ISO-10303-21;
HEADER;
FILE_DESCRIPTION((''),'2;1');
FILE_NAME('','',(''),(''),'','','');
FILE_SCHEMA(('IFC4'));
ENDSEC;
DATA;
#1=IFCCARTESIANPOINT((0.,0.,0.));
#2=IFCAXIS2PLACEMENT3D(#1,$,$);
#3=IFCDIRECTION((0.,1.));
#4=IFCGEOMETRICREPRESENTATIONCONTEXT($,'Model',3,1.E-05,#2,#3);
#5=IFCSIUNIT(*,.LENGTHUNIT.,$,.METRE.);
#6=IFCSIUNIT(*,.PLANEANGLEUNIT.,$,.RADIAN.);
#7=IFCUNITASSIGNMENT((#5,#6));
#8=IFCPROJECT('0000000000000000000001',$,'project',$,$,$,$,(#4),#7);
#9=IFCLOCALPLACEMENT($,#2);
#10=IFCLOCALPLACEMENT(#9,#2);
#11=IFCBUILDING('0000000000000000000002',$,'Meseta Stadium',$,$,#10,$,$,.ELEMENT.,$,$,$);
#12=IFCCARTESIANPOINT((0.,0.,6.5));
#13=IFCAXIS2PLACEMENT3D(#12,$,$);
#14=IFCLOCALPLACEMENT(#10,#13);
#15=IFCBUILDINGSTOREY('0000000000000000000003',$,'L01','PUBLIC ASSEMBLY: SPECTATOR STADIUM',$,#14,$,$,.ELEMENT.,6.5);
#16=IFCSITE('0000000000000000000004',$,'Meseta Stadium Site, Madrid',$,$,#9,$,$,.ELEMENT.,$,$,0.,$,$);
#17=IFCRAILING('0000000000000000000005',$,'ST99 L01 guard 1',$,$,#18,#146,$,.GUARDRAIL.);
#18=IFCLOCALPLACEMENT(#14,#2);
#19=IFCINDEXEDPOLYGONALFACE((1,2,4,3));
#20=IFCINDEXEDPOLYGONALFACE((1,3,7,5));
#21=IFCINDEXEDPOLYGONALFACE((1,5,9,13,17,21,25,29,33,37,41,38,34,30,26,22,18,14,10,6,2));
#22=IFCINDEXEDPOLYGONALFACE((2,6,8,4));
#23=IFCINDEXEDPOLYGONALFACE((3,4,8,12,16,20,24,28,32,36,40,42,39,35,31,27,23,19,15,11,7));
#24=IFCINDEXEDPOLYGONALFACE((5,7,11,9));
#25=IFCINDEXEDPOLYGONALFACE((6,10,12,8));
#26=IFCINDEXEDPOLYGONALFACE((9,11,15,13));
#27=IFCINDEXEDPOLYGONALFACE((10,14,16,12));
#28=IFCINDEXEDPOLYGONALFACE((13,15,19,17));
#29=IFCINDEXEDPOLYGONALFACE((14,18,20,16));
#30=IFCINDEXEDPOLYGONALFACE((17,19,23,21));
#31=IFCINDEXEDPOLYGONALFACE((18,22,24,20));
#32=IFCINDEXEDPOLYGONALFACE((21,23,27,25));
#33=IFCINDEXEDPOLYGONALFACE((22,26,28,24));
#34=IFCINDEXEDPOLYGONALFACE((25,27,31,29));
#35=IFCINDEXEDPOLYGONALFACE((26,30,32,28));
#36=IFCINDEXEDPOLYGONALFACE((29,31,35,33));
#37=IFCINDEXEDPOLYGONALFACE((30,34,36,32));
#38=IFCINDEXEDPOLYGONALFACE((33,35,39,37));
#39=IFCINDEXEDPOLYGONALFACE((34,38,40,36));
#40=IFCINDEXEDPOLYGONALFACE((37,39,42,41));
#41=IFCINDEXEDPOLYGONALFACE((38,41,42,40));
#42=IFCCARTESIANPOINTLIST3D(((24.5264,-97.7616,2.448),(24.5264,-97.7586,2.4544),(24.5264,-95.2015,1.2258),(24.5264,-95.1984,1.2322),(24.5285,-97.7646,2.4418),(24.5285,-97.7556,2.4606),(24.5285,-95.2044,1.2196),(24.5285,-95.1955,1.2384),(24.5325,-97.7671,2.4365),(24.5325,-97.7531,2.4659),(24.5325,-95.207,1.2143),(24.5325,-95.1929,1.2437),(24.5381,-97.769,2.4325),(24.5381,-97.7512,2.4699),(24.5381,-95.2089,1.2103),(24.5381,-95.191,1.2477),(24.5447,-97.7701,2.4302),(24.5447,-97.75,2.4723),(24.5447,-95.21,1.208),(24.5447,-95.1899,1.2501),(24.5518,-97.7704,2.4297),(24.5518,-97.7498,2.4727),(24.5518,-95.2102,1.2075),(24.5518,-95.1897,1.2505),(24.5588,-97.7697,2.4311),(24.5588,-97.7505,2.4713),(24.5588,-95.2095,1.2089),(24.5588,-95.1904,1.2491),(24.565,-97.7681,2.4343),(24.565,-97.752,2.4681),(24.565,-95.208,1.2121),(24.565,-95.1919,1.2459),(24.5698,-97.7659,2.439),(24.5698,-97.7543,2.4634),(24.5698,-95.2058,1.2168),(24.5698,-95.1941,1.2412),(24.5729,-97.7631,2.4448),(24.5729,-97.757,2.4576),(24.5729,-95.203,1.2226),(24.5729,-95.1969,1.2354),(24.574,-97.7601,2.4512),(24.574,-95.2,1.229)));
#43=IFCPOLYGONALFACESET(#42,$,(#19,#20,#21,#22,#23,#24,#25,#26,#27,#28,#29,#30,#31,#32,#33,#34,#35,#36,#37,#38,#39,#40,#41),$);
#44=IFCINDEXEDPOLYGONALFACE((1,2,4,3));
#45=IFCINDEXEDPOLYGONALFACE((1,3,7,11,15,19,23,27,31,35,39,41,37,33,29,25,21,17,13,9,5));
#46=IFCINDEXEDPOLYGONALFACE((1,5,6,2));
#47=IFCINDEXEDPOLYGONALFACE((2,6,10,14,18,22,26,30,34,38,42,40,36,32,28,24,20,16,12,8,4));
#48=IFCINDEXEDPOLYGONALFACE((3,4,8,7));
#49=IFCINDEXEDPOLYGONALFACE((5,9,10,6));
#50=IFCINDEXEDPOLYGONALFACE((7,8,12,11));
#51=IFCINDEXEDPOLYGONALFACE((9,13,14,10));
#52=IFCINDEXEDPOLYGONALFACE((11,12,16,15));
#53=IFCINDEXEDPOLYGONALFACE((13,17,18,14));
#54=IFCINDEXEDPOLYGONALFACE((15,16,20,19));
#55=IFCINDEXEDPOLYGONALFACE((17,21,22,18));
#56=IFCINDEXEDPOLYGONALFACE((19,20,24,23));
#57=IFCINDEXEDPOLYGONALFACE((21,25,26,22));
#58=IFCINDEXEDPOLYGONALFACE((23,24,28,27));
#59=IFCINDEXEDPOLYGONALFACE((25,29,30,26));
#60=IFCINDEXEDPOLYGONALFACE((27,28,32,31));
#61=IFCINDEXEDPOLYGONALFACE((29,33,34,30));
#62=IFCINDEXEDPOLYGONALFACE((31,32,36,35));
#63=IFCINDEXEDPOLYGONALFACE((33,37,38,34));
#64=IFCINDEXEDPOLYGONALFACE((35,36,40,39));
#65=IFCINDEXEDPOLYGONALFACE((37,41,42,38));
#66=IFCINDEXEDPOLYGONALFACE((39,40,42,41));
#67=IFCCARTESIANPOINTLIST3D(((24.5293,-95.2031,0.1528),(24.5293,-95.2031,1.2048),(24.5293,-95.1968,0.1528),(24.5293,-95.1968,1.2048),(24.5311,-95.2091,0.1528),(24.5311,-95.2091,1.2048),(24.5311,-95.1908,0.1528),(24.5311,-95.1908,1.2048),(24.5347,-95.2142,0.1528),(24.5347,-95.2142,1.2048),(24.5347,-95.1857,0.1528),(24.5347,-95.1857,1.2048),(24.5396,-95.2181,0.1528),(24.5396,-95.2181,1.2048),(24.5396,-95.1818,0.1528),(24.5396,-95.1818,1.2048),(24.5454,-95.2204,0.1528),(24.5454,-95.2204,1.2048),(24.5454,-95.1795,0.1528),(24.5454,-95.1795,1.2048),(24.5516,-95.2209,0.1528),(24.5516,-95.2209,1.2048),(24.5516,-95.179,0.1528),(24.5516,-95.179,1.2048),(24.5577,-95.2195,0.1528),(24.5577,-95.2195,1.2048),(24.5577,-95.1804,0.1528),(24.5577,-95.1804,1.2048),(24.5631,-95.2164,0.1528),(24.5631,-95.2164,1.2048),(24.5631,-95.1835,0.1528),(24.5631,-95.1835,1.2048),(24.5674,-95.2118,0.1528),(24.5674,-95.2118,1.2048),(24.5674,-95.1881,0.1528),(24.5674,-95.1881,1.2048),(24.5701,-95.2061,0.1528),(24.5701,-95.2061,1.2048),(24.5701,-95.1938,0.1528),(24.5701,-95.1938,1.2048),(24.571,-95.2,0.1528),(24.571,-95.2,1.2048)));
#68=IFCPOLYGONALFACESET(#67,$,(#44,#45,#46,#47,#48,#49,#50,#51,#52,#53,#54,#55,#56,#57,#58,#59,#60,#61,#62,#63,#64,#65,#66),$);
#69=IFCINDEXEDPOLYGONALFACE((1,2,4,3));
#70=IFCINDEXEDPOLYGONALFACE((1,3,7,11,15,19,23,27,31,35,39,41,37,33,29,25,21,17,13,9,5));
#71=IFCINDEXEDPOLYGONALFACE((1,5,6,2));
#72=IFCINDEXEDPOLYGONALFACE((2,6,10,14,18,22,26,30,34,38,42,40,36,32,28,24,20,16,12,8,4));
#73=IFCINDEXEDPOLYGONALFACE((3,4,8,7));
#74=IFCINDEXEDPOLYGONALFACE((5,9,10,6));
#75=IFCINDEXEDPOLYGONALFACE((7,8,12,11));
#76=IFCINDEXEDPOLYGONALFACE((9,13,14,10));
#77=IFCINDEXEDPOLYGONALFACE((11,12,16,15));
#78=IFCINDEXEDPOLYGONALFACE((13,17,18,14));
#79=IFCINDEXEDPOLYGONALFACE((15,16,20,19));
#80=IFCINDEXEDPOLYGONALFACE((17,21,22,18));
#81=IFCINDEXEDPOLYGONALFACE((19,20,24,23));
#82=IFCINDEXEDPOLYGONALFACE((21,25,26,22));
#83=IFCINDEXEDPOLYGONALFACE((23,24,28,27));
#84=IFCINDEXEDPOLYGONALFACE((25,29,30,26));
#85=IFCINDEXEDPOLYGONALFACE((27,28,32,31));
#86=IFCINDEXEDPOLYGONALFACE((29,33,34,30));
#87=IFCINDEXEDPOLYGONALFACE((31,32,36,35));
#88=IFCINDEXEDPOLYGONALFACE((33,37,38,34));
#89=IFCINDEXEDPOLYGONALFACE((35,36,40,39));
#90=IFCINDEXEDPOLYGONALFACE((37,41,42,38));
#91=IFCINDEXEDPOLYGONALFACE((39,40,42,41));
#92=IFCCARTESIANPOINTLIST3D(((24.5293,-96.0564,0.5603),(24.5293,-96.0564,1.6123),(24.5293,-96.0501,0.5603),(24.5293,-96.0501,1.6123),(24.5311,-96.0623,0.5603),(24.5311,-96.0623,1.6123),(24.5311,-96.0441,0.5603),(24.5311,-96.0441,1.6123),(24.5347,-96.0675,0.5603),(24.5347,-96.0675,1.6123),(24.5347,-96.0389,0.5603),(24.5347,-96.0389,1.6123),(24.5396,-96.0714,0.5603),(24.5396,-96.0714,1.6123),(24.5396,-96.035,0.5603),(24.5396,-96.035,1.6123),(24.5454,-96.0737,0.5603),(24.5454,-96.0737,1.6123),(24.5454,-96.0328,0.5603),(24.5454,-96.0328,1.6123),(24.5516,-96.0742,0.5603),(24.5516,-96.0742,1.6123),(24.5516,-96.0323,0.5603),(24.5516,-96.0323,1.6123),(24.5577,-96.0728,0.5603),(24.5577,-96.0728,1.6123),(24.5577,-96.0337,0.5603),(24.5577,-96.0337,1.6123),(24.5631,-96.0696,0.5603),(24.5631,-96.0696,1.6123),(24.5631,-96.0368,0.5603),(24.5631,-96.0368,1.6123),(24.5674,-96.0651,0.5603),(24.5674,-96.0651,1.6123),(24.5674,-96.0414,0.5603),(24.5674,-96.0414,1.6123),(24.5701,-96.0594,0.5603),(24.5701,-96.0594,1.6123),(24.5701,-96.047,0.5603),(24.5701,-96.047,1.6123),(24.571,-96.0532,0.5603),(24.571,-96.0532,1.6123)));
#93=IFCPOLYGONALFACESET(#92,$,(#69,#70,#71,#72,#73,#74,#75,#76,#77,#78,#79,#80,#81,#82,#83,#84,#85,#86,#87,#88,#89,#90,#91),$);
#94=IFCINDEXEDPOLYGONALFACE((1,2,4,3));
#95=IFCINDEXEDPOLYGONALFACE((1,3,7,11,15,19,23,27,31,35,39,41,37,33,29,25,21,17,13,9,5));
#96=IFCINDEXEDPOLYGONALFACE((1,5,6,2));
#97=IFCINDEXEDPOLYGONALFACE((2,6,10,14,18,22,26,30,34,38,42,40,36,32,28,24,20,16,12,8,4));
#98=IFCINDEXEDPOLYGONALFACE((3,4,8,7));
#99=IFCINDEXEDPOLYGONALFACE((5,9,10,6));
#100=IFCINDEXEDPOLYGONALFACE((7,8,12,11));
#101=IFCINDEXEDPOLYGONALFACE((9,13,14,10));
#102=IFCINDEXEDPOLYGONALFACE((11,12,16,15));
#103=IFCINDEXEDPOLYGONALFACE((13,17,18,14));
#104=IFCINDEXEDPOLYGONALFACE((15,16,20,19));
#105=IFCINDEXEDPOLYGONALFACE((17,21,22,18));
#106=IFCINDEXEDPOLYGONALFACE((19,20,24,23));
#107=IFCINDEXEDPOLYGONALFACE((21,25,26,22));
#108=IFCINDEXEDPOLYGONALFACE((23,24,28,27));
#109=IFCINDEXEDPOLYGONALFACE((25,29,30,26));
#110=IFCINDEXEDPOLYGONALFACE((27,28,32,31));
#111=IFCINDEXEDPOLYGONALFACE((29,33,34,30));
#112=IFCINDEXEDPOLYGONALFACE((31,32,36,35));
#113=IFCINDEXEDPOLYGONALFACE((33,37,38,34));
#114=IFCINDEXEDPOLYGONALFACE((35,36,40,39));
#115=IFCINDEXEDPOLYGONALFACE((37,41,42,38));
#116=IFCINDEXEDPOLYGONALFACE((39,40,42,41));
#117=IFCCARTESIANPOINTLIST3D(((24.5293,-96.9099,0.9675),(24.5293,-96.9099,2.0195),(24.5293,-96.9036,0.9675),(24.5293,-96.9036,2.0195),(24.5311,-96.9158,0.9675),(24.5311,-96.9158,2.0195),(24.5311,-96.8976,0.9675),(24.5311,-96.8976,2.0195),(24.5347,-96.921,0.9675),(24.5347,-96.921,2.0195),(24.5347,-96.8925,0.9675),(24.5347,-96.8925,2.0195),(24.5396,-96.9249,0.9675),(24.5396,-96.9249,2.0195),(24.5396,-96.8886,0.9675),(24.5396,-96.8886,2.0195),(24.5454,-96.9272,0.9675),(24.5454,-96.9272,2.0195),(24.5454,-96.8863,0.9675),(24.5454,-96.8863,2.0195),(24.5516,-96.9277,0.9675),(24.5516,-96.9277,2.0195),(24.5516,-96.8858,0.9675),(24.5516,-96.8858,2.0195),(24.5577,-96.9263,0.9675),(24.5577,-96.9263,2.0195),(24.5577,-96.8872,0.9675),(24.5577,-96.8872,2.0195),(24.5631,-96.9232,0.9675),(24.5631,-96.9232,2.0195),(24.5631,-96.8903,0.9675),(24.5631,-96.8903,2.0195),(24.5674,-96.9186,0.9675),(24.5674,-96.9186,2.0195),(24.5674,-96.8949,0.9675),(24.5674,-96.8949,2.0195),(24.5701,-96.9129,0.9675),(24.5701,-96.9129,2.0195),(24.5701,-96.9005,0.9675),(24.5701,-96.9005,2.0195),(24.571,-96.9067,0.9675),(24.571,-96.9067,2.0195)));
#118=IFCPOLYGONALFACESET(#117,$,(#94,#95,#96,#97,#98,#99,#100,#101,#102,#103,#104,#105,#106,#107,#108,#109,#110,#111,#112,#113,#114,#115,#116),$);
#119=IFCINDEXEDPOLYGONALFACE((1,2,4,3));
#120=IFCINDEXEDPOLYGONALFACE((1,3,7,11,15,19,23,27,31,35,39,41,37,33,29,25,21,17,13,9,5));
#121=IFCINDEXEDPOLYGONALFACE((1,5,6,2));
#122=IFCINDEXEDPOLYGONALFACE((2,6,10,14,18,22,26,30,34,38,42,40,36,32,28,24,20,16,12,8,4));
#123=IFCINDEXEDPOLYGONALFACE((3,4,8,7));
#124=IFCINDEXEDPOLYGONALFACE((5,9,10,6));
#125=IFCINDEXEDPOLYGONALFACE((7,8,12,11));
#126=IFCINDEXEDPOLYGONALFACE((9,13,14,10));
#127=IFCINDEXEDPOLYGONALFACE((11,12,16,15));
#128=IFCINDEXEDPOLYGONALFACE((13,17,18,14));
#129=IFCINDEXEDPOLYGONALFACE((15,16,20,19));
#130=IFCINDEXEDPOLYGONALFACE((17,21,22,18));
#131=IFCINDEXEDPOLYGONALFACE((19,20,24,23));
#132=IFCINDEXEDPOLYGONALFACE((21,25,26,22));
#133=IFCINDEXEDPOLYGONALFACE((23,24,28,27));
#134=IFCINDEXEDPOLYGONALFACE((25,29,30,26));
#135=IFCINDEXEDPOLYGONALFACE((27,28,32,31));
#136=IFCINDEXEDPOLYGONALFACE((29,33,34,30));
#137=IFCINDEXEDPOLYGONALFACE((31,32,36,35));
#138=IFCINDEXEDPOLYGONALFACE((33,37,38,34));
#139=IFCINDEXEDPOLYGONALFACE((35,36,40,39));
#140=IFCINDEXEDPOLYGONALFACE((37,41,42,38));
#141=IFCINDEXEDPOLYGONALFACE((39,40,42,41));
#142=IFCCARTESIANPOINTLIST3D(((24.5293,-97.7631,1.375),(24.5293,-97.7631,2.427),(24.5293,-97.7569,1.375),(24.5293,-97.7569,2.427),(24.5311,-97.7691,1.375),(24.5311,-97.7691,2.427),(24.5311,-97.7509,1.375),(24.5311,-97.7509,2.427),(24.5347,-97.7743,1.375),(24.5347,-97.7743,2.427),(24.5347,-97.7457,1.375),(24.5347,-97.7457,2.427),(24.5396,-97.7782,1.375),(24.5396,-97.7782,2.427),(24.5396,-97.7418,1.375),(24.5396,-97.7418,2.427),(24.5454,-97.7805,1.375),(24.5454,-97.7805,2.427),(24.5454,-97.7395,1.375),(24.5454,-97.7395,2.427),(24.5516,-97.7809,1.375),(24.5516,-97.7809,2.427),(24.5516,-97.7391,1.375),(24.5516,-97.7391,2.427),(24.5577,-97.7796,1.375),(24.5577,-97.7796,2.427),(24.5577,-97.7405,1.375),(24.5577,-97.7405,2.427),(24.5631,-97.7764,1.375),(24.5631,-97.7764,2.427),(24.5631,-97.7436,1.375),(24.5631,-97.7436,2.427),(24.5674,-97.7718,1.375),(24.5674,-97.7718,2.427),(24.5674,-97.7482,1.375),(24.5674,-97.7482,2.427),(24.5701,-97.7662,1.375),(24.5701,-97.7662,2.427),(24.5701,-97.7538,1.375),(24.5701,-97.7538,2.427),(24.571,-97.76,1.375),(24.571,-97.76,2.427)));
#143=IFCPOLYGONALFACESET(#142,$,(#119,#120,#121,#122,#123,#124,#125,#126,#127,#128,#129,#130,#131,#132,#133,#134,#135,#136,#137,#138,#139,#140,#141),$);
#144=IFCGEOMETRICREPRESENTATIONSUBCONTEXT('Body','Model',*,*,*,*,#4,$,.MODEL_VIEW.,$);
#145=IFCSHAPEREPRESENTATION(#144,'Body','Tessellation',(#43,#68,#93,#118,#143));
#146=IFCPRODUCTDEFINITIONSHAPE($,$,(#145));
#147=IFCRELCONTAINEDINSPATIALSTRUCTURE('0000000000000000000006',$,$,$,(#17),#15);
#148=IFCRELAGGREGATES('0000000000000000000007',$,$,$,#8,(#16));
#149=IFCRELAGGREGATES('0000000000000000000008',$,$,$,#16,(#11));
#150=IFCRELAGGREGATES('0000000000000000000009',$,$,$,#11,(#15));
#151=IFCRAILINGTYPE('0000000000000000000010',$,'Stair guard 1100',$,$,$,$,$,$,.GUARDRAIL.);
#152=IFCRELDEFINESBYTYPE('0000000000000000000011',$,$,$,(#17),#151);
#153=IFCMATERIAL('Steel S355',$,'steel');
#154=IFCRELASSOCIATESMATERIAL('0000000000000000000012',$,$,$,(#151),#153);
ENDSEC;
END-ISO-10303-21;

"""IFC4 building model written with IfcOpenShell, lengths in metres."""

from ifc_helpers import new_model, si_unit, direction, frame, origin, origin_2d, place, context, subcontext, project, spatial, circle, extrude, material, type_object, element, save


model = new_model("IFC4")

# Units and contexts
model_context = context("Model", 3, precision=1e-05, world=origin(), true_north=direction((0.0, 1.0)))
body_context = subcontext(model_context, "Body", "Model", "MODEL_VIEW")
ifc_project = project(units=[si_unit("LENGTHUNIT", "METRE"), si_unit("PLANEANGLEUNIT", "RADIAN")], contexts=[model_context])

# Site, building, storey
site_placement = place(None, origin())
site = spatial("IfcSite", under=ifc_project, at=site_placement, Name="Meseta Stadium Site, Madrid", CompositionType="ELEMENT", RefElevation=0.0)
building_placement = place(site_placement, origin())
building = spatial("IfcBuilding", under=site, at=building_placement, Name="Meseta Stadium", CompositionType="ELEMENT")
storey_placement = place(building_placement, frame((0.0, 0.0, 6.5)))
storey = spatial("IfcBuildingStorey", under=building, at=storey_placement, Name="L01", Description="PUBLIC ASSEMBLY: SPECTATOR STADIUM", CompositionType="ELEMENT", Elevation=6.5)

# Railing
ifc_material_1 = material(Name="Steel S355", Category="steel")
railing_type_1 = type_object("IfcRailingType", Name="Stair guard 1100", PredefinedType="GUARDRAIL", material=ifc_material_1)
for number, where, name in (
    (1, (24.55, -95.2, 0.1528), "ST99 L01 guard 1"),
):
    element("IfcRailing", number, at=place(storey_placement, frame(where)), inside=storey, type_object=railing_type_1, Name=name, PredefinedType="GUARDRAIL", context=body_context, shape_type="SweptSolid", body=[
        extrude(circle(Radius=0.0239, at=origin_2d()), frame((0.0, 0.0, 1.0762), z_axis=(0.0, -0.902437, 0.430822), x_axis=(1.0, 0.0, 0.0)), (0.0, 0.0, 1.0), 2.8369),
        extrude(circle(Radius=0.021, at=origin_2d()), origin(), (0.0, 0.0, 1.0), 1.052),
        extrude(circle(Radius=0.021, at=origin_2d()), frame((0.0, -0.8533, 0.4075)), (0.0, 0.0, 1.0), 1.052),
        extrude(circle(Radius=0.021, at=origin_2d()), frame((0.0, -1.7068, 0.8147)), (0.0, 0.0, 1.0), 1.052),
        extrude(circle(Radius=0.021, at=origin_2d()), frame((0.0, -2.5601, 1.2222)), (0.0, 0.0, 1.0), 1.052),
    ])

save(model, "model.ifc")
